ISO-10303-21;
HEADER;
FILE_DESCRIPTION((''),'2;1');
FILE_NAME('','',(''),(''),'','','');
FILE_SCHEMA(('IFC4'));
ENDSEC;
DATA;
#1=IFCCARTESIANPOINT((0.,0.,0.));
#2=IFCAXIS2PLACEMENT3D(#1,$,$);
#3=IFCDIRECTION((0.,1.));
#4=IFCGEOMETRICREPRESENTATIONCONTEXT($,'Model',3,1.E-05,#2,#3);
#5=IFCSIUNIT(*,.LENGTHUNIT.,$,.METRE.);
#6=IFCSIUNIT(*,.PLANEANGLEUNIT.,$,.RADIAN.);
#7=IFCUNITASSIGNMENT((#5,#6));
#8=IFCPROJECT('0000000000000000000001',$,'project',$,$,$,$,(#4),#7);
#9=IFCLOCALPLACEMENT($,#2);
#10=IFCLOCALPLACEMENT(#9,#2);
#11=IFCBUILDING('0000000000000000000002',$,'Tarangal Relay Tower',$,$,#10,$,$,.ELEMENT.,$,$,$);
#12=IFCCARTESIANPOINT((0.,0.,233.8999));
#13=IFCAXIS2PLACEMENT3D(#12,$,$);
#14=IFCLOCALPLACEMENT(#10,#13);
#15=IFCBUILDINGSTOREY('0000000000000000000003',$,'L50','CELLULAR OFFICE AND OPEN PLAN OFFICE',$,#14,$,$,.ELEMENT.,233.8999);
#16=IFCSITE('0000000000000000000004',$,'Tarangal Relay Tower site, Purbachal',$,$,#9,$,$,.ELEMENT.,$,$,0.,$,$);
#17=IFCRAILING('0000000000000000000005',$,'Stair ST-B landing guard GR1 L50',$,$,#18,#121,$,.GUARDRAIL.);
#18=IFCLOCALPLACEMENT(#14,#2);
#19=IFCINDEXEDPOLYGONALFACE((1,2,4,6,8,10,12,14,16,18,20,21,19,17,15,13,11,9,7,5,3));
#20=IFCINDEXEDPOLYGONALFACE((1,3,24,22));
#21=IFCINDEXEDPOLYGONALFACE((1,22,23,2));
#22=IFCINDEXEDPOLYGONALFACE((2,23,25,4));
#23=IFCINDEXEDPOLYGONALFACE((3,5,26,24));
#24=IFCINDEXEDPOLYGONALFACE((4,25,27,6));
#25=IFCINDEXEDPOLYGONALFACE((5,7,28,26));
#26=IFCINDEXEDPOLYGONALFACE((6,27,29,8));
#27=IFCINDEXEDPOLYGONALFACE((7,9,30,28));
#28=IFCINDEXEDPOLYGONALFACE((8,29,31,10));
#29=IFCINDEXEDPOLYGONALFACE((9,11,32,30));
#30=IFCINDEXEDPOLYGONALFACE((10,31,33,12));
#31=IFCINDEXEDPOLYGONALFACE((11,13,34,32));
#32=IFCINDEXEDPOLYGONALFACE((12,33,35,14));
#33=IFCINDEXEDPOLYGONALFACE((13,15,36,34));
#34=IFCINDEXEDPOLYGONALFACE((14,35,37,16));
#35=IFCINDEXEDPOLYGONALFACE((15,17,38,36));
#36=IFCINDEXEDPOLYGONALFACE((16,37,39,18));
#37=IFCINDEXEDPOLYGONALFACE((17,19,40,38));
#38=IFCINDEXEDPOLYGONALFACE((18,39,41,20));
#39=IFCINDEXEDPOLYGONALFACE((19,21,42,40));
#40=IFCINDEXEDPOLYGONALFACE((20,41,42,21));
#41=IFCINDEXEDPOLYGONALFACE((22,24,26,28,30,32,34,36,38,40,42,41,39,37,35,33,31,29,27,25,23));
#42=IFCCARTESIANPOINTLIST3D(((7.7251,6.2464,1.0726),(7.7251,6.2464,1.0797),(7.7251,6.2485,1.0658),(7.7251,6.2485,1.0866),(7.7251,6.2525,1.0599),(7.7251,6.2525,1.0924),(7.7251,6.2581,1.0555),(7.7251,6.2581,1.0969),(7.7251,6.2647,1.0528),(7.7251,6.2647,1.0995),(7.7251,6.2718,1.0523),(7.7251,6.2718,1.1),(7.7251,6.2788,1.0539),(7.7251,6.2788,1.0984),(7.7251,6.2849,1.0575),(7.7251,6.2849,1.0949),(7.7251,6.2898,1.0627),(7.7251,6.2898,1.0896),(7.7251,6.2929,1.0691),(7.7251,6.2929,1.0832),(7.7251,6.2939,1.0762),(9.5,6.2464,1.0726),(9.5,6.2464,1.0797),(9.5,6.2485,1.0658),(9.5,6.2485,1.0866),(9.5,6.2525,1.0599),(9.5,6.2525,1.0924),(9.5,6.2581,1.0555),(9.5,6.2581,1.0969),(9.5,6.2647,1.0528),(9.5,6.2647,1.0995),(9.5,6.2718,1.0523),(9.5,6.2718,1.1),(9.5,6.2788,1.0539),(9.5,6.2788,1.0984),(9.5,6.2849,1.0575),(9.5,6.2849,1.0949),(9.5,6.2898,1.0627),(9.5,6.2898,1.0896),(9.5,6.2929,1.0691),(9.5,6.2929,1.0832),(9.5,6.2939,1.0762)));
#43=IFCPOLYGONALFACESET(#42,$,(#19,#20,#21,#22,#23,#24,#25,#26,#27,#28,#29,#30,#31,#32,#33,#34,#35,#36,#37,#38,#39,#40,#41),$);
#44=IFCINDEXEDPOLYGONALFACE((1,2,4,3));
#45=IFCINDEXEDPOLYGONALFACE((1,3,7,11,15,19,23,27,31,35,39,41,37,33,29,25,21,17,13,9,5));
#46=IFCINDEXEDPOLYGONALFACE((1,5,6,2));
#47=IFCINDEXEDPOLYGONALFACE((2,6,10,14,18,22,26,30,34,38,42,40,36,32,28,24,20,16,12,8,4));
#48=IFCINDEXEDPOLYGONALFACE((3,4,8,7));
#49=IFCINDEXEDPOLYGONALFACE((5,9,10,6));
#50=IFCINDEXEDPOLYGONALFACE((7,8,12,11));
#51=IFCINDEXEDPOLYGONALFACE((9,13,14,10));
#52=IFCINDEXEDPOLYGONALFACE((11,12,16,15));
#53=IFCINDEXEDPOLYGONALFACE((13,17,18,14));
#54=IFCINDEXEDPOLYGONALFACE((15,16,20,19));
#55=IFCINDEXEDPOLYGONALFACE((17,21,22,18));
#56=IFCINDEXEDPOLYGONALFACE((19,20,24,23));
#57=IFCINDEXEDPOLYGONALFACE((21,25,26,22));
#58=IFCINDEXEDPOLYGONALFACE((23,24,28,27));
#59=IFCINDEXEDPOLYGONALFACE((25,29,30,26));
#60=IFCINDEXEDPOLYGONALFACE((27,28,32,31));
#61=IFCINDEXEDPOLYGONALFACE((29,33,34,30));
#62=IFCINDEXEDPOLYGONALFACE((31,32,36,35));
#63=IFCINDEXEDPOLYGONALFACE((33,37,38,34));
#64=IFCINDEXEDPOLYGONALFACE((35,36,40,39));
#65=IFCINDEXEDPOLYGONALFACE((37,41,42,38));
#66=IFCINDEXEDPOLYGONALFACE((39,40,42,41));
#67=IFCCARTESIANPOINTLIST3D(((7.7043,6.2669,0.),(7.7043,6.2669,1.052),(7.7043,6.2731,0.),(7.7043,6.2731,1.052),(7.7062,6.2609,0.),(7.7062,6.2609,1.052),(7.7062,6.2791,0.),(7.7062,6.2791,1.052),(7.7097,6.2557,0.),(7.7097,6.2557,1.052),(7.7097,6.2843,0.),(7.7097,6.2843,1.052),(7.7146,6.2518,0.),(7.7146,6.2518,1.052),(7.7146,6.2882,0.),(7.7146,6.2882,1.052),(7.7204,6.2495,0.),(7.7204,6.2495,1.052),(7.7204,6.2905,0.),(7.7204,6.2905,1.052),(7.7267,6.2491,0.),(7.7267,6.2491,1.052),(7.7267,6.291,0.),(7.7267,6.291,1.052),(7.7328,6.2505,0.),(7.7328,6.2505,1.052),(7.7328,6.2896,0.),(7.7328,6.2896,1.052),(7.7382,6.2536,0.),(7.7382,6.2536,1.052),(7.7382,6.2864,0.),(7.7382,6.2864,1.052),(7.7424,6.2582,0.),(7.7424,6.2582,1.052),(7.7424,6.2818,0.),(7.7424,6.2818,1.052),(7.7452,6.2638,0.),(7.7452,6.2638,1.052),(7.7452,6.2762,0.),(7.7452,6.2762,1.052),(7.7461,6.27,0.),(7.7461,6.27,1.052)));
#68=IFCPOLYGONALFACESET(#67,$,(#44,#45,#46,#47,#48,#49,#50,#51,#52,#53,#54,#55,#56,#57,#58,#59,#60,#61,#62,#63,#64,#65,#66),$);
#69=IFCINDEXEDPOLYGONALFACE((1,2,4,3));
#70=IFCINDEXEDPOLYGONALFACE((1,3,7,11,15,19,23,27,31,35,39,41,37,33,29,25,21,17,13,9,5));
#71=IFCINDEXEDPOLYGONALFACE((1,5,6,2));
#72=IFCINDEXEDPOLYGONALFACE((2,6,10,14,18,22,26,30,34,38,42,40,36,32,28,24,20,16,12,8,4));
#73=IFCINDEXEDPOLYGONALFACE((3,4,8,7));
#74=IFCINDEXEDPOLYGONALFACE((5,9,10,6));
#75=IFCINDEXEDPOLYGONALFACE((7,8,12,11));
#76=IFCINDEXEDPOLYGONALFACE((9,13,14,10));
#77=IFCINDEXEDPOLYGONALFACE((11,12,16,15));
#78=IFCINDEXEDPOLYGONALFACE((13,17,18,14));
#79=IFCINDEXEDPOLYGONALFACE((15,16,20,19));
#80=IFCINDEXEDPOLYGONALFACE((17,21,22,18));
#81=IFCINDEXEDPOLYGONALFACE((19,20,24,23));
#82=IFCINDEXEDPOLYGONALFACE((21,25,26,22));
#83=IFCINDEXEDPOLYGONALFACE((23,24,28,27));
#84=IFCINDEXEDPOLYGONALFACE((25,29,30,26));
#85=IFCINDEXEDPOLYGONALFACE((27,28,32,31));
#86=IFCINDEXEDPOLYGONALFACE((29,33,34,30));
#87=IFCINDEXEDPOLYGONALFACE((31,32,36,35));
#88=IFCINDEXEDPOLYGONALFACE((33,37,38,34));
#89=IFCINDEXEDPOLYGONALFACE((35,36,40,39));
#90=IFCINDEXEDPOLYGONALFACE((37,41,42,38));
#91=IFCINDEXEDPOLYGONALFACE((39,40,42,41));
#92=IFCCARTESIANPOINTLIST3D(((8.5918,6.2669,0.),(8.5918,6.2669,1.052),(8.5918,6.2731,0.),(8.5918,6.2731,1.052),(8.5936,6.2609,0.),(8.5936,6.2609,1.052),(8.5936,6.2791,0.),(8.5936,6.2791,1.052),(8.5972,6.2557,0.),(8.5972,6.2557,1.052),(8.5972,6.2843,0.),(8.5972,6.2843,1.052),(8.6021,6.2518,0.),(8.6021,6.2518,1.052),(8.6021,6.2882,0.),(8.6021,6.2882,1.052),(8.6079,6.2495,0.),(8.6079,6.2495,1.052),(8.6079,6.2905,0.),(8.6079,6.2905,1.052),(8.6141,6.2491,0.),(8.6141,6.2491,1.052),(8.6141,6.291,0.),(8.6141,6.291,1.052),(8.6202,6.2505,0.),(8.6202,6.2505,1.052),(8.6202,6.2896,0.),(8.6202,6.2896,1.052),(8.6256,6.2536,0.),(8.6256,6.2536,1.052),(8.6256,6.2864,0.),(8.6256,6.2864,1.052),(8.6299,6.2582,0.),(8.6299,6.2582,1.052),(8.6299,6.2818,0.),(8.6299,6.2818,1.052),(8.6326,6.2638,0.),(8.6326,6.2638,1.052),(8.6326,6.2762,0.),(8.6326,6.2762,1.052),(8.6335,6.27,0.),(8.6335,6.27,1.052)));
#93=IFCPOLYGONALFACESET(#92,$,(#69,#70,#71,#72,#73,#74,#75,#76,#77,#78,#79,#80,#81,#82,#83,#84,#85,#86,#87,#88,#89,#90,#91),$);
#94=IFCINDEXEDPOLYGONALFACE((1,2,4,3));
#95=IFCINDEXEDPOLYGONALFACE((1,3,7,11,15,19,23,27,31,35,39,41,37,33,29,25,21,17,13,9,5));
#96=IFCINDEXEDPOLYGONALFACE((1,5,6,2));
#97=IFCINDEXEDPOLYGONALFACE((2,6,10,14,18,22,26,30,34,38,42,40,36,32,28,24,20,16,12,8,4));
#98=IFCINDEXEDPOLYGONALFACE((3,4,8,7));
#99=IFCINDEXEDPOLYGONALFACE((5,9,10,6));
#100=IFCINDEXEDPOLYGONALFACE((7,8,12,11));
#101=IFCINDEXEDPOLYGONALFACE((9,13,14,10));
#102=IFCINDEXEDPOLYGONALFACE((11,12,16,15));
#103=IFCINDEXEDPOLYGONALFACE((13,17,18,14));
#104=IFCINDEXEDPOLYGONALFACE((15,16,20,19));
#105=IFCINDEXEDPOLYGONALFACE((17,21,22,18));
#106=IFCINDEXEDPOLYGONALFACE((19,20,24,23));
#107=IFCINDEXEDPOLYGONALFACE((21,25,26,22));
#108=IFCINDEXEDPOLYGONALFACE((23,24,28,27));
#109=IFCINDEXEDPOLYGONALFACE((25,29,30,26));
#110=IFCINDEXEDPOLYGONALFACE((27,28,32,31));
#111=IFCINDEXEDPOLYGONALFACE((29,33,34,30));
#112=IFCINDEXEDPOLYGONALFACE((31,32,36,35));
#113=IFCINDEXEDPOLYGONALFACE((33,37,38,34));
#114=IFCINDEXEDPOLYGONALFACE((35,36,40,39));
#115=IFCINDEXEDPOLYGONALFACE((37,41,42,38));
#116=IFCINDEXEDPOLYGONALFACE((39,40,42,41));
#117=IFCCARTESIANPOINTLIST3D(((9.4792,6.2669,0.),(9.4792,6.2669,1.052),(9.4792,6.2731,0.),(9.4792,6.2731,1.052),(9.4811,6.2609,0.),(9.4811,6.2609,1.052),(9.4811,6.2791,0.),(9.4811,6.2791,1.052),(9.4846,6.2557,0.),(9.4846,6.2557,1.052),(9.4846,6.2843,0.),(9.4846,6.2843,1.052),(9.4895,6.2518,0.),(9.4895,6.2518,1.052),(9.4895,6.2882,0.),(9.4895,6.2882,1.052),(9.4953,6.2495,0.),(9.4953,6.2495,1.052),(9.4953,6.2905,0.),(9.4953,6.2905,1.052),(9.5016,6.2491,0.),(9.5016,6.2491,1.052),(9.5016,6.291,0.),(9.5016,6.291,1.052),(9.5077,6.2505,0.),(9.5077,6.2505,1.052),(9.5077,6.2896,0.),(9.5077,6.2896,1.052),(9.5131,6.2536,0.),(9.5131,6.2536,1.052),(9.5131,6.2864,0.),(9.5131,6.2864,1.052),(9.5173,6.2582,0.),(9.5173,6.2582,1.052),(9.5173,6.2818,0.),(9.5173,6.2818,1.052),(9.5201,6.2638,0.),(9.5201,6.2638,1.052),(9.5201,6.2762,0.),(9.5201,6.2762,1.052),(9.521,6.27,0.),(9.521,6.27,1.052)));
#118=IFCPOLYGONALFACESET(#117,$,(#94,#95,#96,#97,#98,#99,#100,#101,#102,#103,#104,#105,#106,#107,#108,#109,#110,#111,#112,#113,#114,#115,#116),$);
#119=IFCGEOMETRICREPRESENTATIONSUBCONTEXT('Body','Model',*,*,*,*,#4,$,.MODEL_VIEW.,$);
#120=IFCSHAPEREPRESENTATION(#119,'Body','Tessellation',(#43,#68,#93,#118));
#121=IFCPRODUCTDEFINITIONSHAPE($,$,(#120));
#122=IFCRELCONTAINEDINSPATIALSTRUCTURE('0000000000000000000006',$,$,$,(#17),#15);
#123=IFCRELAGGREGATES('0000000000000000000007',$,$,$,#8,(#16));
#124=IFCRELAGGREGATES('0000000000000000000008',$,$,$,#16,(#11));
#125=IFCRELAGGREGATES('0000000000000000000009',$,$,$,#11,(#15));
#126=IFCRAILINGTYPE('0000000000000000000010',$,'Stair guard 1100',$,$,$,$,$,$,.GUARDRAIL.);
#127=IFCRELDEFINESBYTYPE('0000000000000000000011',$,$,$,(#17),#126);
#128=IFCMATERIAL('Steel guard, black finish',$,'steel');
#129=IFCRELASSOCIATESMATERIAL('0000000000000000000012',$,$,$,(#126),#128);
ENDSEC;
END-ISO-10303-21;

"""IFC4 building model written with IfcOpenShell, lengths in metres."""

from ifc_helpers import new_model, si_unit, direction, frame, origin, origin_2d, place, context, subcontext, project, spatial, circle, extrude, material, type_object, element, save


model = new_model("IFC4")

# Units and contexts
model_context = context("Model", 3, precision=1e-05, world=origin(), true_north=direction((0.0, 1.0)))
body_context = subcontext(model_context, "Body", "Model", "MODEL_VIEW")
ifc_project = project(units=[si_unit("LENGTHUNIT", "METRE"), si_unit("PLANEANGLEUNIT", "RADIAN")], contexts=[model_context])

# Site, building, storey
site_placement = place(None, origin())
site = spatial("IfcSite", under=ifc_project, at=site_placement, Name="Tarangal Relay Tower site, Purbachal", CompositionType="ELEMENT", RefElevation=0.0)
building_placement = place(site_placement, origin())
building = spatial("IfcBuilding", under=site, at=building_placement, Name="Tarangal Relay Tower", CompositionType="ELEMENT")
storey_placement = place(building_placement, frame((0.0, 0.0, 233.8999)))
storey = spatial("IfcBuildingStorey", under=building, at=storey_placement, Name="L50", Description="CELLULAR OFFICE AND OPEN PLAN OFFICE", CompositionType="ELEMENT", Elevation=233.8999)

# Railing
ifc_material_1 = material(Name="Steel guard, black finish", Category="steel")
railing_type_1 = type_object("IfcRailingType", Name="Stair guard 1100", PredefinedType="GUARDRAIL", material=ifc_material_1)
railing_1_placement = place(storey_placement, frame((7.7251, 6.27, 0.0)))
element("IfcRailing", 1, at=railing_1_placement, inside=storey, type_object=railing_type_1, Name="Stair ST-B landing guard GR1 L50", PredefinedType="GUARDRAIL", context=body_context, shape_type="SweptSolid", body=[
    extrude(circle(Radius=0.0239, at=origin_2d()), frame((0.0, 0.0, 1.0762), z_axis=(1.0, 0.0, 0.0), x_axis=(0.0, 1.0, 0.0)), (0.0, 0.0, 1.0), 1.7749),
    extrude(circle(Radius=0.021, at=origin_2d()), origin(), (0.0, 0.0, 1.0), 1.052),
    extrude(circle(Radius=0.021, at=origin_2d()), frame((0.8875, 0.0, 0.0)), (0.0, 0.0, 1.0), 1.052),
    extrude(circle(Radius=0.021, at=origin_2d()), frame((1.7749, 0.0, 0.0)), (0.0, 0.0, 1.0), 1.052),
])

save(model, "model.ifc")
